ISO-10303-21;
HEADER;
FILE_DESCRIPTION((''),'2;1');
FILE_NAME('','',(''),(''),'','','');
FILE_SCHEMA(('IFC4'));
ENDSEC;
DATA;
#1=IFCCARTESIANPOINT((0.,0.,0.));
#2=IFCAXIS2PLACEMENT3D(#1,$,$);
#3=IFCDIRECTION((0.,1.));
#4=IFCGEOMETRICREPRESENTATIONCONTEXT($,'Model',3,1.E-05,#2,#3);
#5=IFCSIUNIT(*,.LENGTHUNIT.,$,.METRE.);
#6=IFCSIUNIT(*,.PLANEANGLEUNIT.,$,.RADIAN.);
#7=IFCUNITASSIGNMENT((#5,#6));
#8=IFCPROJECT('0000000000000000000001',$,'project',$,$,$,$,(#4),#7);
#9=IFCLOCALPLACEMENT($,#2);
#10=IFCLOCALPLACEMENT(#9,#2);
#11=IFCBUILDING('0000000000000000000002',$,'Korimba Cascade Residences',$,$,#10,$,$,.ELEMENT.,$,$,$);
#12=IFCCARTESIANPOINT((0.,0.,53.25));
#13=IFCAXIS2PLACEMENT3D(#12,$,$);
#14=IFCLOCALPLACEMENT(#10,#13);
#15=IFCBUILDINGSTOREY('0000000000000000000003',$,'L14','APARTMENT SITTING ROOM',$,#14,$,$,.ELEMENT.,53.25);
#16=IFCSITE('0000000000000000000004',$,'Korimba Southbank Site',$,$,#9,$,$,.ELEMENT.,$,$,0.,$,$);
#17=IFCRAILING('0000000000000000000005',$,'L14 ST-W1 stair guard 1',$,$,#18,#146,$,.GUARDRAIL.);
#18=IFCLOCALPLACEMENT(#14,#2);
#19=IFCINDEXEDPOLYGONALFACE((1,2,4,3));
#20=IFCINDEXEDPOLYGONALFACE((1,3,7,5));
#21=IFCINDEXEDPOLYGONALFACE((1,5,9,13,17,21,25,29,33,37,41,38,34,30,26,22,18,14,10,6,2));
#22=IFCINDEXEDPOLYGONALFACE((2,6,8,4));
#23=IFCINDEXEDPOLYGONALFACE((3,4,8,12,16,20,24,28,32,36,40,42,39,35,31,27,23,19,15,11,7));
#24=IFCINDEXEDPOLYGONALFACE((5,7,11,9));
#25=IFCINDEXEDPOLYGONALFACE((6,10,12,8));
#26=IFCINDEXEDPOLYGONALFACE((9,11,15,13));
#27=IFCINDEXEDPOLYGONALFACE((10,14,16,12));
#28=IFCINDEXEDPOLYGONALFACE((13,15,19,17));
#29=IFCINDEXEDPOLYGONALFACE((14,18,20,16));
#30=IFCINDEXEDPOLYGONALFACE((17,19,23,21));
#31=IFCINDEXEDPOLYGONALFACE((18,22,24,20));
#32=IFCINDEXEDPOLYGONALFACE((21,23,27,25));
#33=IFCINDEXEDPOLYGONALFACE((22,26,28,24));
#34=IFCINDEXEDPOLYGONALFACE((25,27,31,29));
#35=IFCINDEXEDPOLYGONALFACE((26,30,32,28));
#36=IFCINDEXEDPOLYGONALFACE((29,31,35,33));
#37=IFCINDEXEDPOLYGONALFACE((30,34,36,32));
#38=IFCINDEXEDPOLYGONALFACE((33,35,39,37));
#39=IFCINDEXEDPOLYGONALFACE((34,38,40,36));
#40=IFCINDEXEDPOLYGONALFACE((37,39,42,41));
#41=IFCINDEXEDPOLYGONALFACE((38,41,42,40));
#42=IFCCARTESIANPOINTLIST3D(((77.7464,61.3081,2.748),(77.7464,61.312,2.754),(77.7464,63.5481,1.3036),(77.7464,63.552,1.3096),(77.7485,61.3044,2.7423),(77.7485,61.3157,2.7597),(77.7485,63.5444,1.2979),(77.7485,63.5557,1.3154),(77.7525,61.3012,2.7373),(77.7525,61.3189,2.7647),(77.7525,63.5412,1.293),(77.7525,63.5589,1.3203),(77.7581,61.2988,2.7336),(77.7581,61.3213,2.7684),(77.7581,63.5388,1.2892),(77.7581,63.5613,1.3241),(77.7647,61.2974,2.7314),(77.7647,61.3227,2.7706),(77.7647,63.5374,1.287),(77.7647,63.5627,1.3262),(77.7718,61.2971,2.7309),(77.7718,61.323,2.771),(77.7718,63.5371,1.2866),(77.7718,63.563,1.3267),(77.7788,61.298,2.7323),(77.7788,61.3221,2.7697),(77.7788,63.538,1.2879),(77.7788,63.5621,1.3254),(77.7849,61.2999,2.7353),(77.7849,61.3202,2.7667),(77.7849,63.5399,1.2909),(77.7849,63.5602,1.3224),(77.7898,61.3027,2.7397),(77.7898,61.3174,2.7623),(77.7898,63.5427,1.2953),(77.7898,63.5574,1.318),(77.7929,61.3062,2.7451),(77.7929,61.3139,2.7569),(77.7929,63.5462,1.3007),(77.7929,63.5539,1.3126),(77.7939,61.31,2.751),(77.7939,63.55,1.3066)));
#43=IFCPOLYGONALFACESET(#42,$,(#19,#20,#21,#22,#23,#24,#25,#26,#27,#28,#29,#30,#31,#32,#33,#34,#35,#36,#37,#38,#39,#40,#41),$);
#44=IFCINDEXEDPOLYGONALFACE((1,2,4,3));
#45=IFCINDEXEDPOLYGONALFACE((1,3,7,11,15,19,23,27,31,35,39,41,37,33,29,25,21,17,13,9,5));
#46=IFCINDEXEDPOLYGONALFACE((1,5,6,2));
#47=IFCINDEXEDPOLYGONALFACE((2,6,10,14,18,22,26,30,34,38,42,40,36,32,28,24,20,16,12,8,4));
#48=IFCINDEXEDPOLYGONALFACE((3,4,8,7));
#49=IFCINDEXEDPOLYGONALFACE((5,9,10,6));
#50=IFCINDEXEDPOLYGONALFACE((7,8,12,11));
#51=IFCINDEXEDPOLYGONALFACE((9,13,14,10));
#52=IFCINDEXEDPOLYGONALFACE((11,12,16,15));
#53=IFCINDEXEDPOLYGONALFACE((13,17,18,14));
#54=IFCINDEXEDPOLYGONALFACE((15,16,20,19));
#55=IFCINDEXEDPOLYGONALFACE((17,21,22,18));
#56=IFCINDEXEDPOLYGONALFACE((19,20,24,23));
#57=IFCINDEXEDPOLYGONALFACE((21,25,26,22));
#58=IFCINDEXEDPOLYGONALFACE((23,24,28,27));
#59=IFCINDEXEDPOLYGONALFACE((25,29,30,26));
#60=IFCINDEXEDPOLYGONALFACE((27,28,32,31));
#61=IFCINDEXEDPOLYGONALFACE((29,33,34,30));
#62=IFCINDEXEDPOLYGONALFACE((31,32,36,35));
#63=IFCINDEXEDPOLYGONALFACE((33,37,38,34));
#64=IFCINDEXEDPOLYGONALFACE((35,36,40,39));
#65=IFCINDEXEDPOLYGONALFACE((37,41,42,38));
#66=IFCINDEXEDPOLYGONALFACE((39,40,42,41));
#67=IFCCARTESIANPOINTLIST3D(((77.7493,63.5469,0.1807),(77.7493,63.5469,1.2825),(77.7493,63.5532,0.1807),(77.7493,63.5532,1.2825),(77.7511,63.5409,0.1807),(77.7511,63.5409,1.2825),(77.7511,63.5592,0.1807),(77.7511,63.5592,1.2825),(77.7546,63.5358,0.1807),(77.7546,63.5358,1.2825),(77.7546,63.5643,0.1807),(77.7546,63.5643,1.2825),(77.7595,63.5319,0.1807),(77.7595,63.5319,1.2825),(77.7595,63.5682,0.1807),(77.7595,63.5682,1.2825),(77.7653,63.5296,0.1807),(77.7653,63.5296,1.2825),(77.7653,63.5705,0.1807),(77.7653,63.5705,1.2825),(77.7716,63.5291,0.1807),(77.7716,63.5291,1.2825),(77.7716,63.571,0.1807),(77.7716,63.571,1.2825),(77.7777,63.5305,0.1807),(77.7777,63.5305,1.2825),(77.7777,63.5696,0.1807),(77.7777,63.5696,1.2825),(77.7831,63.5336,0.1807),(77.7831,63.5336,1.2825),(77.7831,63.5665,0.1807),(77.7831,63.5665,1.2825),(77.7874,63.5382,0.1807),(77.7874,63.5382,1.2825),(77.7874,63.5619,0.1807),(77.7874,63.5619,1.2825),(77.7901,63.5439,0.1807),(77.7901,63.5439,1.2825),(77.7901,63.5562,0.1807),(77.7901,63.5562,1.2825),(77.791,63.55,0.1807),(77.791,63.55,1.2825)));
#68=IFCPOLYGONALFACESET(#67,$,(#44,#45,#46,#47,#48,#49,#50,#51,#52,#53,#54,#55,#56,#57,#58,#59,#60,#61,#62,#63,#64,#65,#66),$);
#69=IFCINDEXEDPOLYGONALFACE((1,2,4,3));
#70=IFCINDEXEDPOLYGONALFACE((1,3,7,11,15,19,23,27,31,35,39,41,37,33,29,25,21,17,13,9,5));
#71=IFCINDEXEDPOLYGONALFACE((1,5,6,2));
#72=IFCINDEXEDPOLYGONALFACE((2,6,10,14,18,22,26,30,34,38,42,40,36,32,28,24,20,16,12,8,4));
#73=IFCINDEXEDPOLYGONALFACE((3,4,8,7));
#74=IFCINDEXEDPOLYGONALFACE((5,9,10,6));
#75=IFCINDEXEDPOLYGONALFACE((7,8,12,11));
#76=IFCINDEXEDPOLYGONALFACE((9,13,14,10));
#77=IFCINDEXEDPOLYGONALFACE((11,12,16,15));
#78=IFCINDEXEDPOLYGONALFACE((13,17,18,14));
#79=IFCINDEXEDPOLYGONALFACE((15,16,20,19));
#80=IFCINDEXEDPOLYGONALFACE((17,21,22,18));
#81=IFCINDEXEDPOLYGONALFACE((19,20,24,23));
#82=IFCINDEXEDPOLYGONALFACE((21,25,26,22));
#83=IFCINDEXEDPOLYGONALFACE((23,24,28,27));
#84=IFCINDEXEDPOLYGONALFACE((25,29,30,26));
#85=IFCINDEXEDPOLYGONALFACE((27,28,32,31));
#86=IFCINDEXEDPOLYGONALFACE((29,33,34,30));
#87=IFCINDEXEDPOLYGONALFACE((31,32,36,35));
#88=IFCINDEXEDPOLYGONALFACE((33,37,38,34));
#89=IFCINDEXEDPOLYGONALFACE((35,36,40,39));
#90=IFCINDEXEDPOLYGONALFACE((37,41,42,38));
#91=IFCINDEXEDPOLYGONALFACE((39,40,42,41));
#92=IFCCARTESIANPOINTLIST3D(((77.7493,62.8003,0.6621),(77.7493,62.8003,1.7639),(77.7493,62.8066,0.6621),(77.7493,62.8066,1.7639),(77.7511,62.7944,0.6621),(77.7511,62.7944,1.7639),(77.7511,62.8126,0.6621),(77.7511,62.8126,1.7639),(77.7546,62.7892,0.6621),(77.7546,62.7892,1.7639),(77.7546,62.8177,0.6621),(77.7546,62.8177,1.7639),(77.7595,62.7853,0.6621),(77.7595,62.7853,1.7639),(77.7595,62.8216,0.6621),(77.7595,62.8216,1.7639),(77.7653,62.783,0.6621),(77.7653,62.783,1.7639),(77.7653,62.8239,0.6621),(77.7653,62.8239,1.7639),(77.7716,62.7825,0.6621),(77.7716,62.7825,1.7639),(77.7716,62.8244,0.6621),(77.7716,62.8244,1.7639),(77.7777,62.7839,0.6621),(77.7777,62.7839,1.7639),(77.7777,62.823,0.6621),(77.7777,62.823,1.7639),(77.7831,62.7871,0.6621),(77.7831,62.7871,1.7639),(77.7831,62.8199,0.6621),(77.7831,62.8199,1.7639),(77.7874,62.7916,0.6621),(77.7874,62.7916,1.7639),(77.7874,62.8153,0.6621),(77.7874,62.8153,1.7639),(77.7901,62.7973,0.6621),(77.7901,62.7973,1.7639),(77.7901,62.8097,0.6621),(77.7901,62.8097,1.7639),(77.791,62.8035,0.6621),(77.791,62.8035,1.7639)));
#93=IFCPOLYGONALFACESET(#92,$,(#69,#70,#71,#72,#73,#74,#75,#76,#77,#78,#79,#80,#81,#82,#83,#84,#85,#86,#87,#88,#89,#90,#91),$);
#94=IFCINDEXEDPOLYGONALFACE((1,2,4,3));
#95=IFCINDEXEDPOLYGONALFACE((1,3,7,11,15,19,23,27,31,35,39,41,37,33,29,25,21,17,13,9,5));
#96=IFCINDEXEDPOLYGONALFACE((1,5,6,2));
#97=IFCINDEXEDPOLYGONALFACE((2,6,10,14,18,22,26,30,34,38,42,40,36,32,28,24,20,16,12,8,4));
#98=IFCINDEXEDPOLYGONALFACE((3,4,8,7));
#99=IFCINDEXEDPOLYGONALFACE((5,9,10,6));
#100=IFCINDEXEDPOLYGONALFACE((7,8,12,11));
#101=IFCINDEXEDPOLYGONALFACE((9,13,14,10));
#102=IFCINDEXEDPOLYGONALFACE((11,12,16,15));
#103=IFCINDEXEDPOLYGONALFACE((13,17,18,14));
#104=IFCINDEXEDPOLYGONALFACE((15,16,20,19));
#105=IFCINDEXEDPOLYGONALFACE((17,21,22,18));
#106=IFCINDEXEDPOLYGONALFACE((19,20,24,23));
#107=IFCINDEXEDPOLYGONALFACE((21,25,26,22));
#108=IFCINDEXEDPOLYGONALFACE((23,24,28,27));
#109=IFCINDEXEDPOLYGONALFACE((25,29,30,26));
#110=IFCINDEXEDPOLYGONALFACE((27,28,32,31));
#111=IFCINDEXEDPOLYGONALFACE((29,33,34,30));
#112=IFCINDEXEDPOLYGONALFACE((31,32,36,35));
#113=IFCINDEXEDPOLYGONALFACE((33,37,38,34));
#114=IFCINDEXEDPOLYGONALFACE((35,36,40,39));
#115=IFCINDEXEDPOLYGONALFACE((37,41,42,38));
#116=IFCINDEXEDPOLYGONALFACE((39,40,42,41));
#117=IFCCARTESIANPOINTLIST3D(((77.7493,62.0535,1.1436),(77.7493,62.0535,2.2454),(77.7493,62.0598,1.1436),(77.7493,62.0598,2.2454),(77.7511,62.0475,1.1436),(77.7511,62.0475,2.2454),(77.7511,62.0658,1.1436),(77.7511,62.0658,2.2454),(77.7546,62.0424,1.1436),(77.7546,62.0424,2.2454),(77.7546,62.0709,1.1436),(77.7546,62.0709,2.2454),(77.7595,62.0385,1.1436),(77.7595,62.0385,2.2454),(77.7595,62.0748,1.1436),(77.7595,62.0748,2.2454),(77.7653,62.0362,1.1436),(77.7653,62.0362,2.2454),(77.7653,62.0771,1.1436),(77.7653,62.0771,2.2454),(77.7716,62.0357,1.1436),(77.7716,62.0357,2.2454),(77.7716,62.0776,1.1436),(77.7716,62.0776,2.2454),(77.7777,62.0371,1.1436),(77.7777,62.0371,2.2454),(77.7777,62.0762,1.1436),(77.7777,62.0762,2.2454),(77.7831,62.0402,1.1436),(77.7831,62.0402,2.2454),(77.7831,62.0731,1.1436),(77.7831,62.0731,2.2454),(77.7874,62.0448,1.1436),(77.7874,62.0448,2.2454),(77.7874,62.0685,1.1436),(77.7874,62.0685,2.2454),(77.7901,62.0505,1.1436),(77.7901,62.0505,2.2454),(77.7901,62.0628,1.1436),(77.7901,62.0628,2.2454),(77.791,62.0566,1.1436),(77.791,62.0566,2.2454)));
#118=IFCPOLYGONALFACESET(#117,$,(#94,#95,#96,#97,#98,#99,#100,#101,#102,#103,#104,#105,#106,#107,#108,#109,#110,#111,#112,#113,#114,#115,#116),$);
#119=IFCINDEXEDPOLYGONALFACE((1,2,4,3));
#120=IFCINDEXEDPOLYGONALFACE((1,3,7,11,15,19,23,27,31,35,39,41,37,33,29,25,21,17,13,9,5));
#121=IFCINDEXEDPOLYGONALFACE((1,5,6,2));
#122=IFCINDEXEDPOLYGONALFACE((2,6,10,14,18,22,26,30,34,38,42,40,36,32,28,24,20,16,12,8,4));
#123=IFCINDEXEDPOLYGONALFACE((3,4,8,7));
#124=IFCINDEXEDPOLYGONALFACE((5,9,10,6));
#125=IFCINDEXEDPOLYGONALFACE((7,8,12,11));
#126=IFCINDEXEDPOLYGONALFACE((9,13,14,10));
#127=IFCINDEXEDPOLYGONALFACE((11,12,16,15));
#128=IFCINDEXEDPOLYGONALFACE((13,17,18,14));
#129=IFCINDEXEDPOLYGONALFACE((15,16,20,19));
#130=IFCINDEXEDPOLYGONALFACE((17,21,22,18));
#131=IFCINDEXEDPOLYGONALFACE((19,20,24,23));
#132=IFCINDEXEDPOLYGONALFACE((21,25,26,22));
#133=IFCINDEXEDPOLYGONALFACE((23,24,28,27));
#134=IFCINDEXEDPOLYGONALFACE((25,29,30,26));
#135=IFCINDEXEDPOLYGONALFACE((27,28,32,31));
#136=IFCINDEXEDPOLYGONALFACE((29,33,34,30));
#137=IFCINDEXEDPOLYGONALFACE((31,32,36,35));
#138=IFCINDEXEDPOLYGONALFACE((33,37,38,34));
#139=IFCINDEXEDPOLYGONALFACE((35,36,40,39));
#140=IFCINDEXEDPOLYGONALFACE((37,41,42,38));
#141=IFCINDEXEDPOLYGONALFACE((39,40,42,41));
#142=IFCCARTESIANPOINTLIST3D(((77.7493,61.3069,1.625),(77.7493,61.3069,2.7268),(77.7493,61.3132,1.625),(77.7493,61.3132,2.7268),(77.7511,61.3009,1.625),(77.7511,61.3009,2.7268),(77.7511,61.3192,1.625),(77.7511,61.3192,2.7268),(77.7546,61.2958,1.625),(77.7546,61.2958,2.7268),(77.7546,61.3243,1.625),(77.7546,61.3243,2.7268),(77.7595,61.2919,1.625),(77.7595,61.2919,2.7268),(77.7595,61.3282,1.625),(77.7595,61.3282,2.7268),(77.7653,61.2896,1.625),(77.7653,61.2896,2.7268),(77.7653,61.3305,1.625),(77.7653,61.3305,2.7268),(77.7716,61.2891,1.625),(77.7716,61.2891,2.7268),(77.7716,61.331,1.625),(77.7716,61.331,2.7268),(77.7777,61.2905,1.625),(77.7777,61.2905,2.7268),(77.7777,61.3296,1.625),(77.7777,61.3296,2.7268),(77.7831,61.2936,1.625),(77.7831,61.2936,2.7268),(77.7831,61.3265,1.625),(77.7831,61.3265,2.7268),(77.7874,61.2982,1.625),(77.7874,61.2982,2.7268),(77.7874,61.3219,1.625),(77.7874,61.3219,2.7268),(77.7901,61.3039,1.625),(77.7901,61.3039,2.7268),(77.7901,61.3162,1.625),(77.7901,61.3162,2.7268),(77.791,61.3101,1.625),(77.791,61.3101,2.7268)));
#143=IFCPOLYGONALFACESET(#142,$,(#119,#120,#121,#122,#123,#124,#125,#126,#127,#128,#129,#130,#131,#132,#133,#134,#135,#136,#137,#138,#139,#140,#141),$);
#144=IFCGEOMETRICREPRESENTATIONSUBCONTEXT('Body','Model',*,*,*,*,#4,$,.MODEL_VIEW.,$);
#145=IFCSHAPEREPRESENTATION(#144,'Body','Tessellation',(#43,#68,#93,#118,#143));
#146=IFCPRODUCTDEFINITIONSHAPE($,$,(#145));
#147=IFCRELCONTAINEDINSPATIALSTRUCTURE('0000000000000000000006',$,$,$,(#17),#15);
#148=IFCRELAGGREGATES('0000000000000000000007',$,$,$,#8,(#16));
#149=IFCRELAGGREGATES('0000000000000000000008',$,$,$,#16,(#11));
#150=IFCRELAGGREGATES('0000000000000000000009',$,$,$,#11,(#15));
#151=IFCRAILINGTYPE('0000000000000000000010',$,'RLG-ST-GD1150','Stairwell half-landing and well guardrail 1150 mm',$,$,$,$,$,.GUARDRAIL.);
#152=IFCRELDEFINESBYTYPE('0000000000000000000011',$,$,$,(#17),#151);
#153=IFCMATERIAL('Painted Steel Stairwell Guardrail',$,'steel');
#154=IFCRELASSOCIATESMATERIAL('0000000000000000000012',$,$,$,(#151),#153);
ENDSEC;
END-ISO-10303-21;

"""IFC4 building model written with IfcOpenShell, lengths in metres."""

from ifc_helpers import new_model, si_unit, direction, frame, origin, origin_2d, place, context, subcontext, project, spatial, circle, extrude, material, type_object, element, save


model = new_model("IFC4")

# Units and contexts
model_context = context("Model", 3, precision=1e-05, world=origin(), true_north=direction((0.0, 1.0)))
body_context = subcontext(model_context, "Body", "Model", "MODEL_VIEW")
ifc_project = project(units=[si_unit("LENGTHUNIT", "METRE"), si_unit("PLANEANGLEUNIT", "RADIAN")], contexts=[model_context])

# Site, building, storey
site_placement = place(None, origin())
site = spatial("IfcSite", under=ifc_project, at=site_placement, Name="Korimba Southbank Site", CompositionType="ELEMENT", RefElevation=0.0)
building_placement = place(site_placement, origin())
building = spatial("IfcBuilding", under=site, at=building_placement, Name="Korimba Cascade Residences", CompositionType="ELEMENT")
storey_placement = place(building_placement, frame((0.0, 0.0, 53.25)))
storey = spatial("IfcBuildingStorey", under=building, at=storey_placement, Name="L14", Description="APARTMENT SITTING ROOM", CompositionType="ELEMENT", Elevation=53.25)

# Railing
ifc_material_1 = material(Name="Painted Steel Stairwell Guardrail", Category="steel")
railing_type_1 = type_object("IfcRailingType", Name="RLG-ST-GD1150", Description="Stairwell half-landing and well guardrail 1150 mm", PredefinedType="GUARDRAIL", material=ifc_material_1)
railing_1_placement = place(storey_placement, frame((77.77, 63.55, 0.1807)))
element("IfcRailing", 1, at=railing_1_placement, inside=storey, type_object=railing_type_1, Name="L14 ST-W1 stair guard 1", PredefinedType="GUARDRAIL", context=body_context, shape_type="SweptSolid", body=[
    extrude(circle(Radius=0.0239, at=origin_2d()), frame((0.0, 0.0, 1.126), z_axis=(0.0, -0.840437, 0.54191), x_axis=(1.0, 0.0, 0.0)), (0.0, 0.0, 1.0), 2.6653),
    extrude(circle(Radius=0.021, at=origin_2d()), origin(), (0.0, 0.0, 1.0), 1.1018),
    extrude(circle(Radius=0.021, at=origin_2d()), frame((0.0, -0.7466, 0.4814)), (0.0, 0.0, 1.0), 1.1018),
    extrude(circle(Radius=0.021, at=origin_2d()), frame((0.0, -1.4934, 0.9629)), (0.0, 0.0, 1.0), 1.1018),
    extrude(circle(Radius=0.021, at=origin_2d()), frame((0.0, -2.24, 1.4443)), (0.0, 0.0, 1.0), 1.1018),
])

save(model, "model.ifc")
